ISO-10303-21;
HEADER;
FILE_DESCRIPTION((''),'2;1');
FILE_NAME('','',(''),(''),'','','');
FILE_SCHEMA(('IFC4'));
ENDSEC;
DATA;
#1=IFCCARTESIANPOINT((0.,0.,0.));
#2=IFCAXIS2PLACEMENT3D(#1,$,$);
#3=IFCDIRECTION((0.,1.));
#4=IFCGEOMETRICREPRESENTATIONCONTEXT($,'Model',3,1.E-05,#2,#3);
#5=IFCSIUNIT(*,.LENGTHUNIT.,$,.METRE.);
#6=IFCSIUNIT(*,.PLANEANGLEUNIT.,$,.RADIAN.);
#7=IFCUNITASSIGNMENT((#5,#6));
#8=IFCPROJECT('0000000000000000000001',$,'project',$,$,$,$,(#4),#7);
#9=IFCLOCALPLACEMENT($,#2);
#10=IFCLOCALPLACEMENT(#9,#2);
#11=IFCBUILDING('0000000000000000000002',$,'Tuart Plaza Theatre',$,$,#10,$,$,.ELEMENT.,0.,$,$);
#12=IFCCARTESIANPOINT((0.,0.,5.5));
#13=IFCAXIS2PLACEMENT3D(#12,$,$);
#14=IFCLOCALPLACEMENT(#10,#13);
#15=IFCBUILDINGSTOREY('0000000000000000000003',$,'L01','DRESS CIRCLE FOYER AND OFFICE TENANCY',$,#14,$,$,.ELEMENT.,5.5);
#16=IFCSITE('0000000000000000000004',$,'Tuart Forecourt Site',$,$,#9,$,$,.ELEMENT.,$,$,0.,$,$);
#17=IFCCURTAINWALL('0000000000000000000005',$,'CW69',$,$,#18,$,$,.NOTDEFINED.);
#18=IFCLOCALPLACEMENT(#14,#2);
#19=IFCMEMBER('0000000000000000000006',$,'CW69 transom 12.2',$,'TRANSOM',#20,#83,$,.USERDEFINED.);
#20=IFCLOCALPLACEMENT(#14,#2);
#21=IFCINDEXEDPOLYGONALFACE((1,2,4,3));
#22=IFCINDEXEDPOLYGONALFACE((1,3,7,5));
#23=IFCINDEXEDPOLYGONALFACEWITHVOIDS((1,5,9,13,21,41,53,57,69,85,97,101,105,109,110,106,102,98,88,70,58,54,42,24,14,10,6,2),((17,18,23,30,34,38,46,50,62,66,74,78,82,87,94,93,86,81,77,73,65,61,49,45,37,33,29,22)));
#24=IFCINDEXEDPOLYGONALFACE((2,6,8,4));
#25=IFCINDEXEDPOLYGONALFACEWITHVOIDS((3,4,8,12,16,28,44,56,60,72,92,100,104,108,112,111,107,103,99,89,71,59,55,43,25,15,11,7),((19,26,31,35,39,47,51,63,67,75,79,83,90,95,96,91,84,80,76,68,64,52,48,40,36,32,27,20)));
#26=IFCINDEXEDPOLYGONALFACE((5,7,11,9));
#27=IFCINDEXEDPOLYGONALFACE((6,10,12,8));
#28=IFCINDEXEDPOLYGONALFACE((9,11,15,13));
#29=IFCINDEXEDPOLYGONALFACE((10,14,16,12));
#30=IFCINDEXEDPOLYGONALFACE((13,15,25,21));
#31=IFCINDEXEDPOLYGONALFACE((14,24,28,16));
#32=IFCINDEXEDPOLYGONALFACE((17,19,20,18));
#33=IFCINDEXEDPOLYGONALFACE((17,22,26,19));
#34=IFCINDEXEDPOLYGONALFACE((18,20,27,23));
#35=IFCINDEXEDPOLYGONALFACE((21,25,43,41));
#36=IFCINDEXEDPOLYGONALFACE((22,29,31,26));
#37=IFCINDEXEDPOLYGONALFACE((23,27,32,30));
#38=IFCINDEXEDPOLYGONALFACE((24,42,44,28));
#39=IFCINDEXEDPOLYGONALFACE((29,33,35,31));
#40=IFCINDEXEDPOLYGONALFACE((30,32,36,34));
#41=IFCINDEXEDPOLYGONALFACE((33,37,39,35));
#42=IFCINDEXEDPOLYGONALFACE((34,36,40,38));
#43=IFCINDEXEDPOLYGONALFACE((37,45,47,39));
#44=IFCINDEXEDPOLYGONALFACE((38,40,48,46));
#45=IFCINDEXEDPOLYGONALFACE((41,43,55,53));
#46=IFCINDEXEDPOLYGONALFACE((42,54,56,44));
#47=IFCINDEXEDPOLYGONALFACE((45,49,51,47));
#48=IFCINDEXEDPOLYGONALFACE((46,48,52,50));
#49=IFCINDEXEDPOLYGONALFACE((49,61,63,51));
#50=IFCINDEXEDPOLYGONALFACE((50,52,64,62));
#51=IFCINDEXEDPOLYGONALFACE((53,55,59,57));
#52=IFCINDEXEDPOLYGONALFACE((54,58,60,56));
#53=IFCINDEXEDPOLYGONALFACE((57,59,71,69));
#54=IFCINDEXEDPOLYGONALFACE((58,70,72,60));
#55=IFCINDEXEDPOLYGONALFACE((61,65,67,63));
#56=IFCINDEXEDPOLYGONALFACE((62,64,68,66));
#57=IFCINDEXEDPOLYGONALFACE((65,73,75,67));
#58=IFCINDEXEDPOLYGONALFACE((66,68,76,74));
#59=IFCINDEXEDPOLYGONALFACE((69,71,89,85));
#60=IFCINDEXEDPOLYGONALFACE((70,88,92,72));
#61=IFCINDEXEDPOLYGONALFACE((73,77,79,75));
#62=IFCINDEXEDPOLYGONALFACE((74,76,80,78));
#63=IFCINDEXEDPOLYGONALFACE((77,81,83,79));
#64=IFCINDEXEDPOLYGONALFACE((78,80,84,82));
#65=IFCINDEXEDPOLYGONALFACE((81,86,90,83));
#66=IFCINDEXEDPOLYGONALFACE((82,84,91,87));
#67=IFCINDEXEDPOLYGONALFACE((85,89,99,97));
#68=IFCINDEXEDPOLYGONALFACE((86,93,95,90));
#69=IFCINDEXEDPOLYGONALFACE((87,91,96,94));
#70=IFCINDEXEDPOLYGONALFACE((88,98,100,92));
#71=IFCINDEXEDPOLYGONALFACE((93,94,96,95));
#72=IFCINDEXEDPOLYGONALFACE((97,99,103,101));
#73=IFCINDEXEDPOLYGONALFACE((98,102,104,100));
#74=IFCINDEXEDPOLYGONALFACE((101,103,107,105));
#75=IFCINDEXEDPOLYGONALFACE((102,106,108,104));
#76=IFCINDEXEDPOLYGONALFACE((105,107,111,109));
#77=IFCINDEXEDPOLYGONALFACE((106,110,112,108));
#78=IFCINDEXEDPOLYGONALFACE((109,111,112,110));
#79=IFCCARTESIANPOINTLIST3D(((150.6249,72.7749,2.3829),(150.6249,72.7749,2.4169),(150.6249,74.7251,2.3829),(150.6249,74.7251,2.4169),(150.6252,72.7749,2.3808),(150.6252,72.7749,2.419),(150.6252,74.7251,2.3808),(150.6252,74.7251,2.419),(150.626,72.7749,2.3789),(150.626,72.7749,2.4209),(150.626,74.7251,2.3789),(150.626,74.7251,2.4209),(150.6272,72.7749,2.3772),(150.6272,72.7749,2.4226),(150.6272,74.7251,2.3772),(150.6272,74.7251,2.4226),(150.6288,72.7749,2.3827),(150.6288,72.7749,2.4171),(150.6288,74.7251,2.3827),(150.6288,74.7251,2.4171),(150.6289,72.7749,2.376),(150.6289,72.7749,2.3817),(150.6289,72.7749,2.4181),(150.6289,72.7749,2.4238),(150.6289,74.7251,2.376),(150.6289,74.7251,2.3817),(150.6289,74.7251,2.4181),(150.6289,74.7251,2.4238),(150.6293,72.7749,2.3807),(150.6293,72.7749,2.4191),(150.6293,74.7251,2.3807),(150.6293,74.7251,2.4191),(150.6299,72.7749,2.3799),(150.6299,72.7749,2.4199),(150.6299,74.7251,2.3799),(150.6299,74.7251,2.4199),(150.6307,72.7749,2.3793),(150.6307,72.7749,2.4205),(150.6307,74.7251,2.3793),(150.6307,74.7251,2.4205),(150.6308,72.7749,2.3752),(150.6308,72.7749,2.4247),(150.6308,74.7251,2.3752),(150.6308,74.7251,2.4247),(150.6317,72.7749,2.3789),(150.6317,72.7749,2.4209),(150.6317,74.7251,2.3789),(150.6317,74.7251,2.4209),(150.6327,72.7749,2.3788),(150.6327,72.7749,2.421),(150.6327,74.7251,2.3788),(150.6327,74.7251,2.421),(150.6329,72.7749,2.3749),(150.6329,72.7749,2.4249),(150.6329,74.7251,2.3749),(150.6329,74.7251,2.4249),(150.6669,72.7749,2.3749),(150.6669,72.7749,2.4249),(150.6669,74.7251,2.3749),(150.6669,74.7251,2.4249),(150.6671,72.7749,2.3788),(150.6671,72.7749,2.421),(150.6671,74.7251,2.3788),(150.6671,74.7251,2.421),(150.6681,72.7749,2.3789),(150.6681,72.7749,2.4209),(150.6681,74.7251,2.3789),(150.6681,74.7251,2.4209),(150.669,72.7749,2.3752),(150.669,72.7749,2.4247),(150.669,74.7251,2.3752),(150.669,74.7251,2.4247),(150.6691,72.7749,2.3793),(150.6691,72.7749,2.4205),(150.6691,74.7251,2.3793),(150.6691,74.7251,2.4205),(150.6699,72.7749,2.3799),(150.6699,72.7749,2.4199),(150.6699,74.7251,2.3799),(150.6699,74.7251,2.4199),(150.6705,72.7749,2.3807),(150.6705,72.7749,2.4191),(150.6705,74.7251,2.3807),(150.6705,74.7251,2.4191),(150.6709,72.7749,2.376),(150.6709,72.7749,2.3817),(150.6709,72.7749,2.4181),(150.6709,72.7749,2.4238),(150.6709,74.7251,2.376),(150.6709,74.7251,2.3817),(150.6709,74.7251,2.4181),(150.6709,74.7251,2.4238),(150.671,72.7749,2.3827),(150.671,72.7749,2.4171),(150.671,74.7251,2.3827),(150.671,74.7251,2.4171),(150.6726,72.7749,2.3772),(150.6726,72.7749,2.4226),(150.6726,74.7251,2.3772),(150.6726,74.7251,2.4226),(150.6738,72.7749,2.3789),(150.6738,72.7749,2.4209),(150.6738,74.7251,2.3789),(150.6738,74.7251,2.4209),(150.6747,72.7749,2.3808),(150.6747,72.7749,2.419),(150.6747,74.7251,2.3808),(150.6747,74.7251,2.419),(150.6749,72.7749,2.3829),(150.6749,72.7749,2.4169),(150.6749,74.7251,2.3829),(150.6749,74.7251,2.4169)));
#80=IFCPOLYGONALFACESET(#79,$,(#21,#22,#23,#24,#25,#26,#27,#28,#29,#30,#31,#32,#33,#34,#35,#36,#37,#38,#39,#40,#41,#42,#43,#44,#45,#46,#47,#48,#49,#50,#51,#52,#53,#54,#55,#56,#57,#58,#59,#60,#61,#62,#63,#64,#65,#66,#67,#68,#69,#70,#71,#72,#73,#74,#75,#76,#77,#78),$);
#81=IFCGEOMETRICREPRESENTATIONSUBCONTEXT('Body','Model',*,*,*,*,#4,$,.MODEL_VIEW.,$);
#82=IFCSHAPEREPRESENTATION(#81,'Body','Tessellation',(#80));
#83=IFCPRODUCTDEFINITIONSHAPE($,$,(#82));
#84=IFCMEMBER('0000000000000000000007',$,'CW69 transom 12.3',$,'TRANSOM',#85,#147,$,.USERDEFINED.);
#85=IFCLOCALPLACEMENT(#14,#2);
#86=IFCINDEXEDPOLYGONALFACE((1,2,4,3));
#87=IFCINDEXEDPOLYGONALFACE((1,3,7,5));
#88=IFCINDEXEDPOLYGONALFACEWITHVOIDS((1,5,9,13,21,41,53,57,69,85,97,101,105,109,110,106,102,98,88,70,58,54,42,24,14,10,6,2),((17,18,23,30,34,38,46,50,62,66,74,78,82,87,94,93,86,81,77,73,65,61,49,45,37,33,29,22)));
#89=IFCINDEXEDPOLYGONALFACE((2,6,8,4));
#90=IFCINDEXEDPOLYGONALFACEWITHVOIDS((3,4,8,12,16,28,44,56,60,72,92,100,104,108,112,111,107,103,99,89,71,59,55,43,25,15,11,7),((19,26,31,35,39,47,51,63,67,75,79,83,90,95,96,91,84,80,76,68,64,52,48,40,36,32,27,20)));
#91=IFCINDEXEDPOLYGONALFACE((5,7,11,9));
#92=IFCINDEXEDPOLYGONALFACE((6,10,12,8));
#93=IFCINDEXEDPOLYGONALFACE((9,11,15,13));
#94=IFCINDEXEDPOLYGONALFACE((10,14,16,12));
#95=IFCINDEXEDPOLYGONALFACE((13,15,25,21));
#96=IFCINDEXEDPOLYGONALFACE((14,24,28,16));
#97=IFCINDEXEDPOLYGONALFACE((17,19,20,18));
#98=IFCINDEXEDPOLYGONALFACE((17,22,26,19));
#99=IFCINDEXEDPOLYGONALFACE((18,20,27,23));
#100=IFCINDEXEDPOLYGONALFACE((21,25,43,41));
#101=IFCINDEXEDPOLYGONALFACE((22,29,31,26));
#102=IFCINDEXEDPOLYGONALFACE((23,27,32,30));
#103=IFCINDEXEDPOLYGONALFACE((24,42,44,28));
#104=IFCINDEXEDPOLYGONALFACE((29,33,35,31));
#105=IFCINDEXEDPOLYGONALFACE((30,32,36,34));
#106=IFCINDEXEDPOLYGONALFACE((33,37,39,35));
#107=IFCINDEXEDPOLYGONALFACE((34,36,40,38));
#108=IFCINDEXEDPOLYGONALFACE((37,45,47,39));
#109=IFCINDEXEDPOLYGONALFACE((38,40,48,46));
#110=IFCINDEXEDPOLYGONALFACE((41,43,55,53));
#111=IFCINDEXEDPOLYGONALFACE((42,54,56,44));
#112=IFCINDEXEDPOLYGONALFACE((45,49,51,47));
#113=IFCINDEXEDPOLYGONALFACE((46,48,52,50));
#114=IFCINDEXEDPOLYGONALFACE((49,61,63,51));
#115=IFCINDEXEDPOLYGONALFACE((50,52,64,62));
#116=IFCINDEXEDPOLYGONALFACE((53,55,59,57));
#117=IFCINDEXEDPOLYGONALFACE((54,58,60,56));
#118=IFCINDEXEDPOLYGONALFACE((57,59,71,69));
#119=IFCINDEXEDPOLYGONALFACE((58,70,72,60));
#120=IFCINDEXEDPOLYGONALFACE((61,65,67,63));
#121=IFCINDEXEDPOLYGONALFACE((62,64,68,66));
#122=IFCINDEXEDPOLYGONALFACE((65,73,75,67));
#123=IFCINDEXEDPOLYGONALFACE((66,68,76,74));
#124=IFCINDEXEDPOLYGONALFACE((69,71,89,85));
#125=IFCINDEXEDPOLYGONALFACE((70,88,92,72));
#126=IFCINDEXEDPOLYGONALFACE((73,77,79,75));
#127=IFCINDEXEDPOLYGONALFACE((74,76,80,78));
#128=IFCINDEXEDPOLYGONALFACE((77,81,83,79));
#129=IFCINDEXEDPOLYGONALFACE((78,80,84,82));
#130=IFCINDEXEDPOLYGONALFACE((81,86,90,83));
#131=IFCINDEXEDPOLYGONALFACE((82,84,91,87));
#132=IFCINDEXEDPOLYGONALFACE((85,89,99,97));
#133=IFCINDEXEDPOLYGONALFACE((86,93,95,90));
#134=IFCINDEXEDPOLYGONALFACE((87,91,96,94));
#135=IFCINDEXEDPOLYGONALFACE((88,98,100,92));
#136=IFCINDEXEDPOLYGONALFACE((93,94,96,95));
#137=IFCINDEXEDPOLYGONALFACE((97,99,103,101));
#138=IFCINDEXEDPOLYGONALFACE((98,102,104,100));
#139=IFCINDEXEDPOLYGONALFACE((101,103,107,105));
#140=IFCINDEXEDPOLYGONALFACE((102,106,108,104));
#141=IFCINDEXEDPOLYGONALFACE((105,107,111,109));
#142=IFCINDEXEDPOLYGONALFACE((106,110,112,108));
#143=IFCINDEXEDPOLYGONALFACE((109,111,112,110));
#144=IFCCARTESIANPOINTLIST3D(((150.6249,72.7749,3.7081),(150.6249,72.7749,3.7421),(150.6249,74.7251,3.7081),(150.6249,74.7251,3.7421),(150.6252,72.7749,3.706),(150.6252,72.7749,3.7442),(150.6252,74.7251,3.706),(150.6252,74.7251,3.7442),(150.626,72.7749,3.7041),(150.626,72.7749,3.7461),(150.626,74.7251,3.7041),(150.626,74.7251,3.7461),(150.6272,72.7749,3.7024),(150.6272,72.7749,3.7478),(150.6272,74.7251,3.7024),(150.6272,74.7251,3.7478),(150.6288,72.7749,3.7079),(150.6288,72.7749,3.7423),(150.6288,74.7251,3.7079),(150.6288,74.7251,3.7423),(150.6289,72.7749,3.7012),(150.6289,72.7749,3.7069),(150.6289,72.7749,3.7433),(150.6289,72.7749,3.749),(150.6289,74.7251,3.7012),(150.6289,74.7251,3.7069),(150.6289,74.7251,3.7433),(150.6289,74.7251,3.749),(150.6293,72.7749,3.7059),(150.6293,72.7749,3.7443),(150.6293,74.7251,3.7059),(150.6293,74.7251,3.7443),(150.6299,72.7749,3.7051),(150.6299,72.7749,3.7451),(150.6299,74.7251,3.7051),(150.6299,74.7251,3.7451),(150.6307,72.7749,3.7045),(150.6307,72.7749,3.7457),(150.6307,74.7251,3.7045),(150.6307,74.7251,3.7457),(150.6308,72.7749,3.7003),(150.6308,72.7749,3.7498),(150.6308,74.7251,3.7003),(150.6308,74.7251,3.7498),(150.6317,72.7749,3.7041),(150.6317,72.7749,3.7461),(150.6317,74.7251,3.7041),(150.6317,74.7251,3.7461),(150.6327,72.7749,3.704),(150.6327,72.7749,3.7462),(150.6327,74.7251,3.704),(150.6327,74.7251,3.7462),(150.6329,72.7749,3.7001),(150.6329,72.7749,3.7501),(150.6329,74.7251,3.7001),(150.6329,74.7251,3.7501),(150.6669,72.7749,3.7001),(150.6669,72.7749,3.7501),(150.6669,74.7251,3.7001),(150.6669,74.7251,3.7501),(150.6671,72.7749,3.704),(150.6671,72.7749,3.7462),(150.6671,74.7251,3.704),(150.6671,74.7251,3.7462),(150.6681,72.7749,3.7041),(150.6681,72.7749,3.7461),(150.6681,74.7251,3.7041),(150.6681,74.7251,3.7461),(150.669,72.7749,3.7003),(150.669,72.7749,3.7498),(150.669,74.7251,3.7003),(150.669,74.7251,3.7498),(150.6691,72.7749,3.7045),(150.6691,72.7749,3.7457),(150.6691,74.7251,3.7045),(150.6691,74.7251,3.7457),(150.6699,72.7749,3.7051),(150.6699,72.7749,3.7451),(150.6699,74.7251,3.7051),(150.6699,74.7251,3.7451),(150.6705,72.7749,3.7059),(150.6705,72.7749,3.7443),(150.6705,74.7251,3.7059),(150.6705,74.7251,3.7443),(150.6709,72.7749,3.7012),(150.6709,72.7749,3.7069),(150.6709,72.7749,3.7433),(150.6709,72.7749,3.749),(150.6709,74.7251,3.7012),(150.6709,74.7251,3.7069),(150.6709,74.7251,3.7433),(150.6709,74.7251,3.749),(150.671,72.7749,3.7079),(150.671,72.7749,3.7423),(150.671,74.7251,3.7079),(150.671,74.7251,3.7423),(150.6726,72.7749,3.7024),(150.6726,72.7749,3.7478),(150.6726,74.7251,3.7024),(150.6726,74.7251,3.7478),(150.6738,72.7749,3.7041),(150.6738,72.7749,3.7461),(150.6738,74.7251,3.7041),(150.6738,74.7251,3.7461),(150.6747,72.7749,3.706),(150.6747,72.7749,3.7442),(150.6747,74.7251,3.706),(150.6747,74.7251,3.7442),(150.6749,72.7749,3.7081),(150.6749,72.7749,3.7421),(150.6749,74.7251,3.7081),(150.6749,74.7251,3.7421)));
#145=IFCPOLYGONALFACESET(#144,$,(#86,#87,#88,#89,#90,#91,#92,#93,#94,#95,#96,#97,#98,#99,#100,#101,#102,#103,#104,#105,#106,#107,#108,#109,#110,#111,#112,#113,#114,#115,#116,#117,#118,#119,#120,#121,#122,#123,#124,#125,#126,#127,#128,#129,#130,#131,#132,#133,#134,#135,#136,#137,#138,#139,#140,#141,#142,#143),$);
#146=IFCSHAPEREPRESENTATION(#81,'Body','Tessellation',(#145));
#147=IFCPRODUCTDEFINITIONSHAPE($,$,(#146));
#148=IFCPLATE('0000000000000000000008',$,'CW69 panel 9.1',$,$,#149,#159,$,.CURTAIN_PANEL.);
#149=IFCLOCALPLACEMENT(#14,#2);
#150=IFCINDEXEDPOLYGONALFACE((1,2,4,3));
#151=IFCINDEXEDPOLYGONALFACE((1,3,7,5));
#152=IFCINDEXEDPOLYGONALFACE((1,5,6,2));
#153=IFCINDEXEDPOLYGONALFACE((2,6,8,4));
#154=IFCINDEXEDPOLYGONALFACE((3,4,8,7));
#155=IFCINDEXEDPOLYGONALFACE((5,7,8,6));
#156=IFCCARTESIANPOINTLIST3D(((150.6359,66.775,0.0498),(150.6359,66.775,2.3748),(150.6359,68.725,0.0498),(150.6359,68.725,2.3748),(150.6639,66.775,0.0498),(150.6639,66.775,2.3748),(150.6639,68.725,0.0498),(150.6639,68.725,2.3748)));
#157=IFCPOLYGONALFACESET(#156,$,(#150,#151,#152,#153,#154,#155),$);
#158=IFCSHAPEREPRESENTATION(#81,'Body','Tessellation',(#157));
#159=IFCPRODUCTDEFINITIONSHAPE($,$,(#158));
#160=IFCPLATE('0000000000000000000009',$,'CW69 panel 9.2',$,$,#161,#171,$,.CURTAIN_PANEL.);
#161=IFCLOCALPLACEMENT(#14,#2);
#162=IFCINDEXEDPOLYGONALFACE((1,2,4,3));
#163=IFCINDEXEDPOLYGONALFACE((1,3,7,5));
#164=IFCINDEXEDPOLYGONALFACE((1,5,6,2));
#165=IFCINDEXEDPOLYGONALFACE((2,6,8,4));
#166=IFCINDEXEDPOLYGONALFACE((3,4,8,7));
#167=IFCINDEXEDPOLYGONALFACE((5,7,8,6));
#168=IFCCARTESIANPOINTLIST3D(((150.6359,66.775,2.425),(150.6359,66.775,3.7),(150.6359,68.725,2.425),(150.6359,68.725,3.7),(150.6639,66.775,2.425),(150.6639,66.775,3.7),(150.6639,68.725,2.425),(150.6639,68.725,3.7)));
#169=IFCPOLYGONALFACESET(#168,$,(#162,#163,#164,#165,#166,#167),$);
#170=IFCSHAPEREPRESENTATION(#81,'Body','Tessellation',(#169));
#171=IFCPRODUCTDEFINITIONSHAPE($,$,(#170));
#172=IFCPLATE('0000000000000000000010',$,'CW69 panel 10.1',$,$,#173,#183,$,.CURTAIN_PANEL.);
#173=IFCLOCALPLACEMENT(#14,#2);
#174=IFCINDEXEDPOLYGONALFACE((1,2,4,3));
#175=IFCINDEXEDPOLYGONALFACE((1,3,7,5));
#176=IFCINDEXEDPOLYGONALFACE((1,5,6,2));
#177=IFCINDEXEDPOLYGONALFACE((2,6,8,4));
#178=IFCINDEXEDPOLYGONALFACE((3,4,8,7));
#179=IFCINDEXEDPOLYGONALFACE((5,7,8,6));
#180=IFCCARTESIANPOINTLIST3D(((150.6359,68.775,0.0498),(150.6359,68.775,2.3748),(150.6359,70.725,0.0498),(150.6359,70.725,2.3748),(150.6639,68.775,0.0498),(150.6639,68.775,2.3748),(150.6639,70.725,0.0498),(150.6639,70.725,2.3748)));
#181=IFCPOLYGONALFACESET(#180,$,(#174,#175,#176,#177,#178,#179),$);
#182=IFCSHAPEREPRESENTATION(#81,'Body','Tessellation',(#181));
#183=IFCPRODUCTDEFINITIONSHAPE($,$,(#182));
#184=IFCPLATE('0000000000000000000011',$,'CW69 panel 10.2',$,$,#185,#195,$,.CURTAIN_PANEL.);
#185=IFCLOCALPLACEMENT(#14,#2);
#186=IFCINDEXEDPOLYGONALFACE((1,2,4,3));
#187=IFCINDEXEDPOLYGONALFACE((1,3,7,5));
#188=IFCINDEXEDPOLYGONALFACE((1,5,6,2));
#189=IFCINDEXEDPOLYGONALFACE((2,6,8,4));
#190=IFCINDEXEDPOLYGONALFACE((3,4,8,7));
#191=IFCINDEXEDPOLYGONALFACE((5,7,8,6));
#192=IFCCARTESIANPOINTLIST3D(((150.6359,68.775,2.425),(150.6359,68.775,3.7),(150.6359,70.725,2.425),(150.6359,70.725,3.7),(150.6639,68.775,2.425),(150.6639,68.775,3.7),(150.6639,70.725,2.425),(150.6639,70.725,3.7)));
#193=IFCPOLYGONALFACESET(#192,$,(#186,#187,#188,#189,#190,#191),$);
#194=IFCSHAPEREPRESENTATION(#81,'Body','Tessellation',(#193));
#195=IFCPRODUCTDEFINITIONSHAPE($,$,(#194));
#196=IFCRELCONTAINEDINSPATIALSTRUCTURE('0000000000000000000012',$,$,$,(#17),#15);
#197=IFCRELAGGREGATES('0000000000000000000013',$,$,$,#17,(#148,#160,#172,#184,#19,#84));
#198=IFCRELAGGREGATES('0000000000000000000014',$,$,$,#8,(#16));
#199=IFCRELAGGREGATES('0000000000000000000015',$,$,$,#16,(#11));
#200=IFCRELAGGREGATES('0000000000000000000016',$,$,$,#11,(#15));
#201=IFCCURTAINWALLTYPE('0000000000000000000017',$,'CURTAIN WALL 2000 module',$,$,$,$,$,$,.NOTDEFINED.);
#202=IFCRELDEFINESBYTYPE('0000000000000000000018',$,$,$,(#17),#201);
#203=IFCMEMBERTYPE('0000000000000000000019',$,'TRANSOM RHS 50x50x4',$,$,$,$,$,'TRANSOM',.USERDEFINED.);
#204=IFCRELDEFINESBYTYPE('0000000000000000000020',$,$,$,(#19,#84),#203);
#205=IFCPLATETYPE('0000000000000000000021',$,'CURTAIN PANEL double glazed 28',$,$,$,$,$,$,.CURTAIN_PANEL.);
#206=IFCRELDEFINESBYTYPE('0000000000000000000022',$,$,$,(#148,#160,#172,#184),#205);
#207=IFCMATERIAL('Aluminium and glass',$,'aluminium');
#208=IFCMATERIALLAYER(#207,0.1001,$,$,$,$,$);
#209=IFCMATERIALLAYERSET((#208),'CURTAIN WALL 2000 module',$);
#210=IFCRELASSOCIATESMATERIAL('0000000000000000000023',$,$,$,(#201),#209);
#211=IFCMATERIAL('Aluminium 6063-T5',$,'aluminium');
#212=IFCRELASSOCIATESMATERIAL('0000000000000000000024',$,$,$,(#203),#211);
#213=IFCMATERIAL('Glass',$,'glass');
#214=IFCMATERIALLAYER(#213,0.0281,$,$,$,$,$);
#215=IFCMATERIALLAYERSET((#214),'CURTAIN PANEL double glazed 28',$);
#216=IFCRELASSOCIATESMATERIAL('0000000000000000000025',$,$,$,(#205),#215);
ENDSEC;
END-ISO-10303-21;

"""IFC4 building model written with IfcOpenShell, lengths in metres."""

from ifc_helpers import new_model, si_unit, direction, frame, origin, origin_2d, place, context, subcontext, project, spatial, rectangle, hollow_rectangle, extrude, material, layer, layer_set, material_profile, profile_set, type_object, element, aggregate, save


model = new_model("IFC4")

# Units and contexts
model_context = context("Model", 3, precision=1e-05, world=origin(), true_north=direction((0.0, 1.0)))
body_context = subcontext(model_context, "Body", "Model", "MODEL_VIEW")
ifc_project = project(units=[si_unit("LENGTHUNIT", "METRE"), si_unit("PLANEANGLEUNIT", "RADIAN")], contexts=[model_context])

# Site, building, storey
site_placement = place(None, origin())
site = spatial("IfcSite", under=ifc_project, at=site_placement, Name="Tuart Forecourt Site", CompositionType="ELEMENT", RefElevation=0.0)
building_placement = place(site_placement, origin())
building = spatial("IfcBuilding", under=site, at=building_placement, Name="Tuart Plaza Theatre", CompositionType="ELEMENT", ElevationOfRefHeight=0.0)
storey_placement = place(building_placement, frame((0.0, 0.0, 5.5)))
storey = spatial("IfcBuildingStorey", under=building, at=storey_placement, Name="L01", Description="DRESS CIRCLE FOYER AND OFFICE TENANCY", CompositionType="ELEMENT", Elevation=5.5)

# Curtain wall, members, plates
ifc_material_1 = material(Name="Aluminium and glass", Category="aluminium")
ifc_layer_1 = layer(ifc_material_1, 0.1001)
ifc_layer_set_1 = layer_set([ifc_layer_1], Name="CURTAIN WALL 2000 module")
curtain_wall_type = type_object("IfcCurtainWallType", Name="CURTAIN WALL 2000 module", PredefinedType="NOTDEFINED", material=ifc_layer_set_1)
curtain_wall_placement = place(storey_placement, origin())
curtain_wall = element("IfcCurtainWall", 1, at=curtain_wall_placement, inside=storey, type_object=curtain_wall_type, Name="CW69", PredefinedType="NOTDEFINED")
ifc_material_2 = material(Name="Aluminium 6063-T5", Category="aluminium")
ifc_material_profile_1 = material_profile(ifc_material_2, hollow_rectangle(XDim=0.05, YDim=0.05, WallThickness=0.0039, InnerFilletRadius=0.0039, OuterFilletRadius=0.0081, at=origin_2d()), Name="RHS 50x50x4")
ifc_profile_set_1 = profile_set([ifc_material_profile_1], Name="Aluminium 6063-T5")
member_type_1 = type_object("IfcMemberType", Name="TRANSOM RHS 50x50x4", ElementType="TRANSOM", PredefinedType="USERDEFINED", material=ifc_profile_set_1)
member_1_placement = place(storey_placement, frame((150.6499, 72.7749, 2.3999), z_axis=(0.0, 1.0, 0.0), x_axis=(-1.0, 0.0, 0.0)))
member_1 = element("IfcMember", 2, at=member_1_placement, type_object=member_type_1, Name="CW69 transom 12.2", ObjectType="TRANSOM", PredefinedType="USERDEFINED", context=body_context, shape_type="SweptSolid", body=[
    extrude(hollow_rectangle(XDim=0.05, YDim=0.05, WallThickness=0.0039, InnerFilletRadius=0.0039, OuterFilletRadius=0.0081, at=origin_2d()), origin(), (0.0, 0.0, 1.0), 1.9502),
])
member_2_placement = place(storey_placement, frame((150.6499, 72.7749, 3.7251), z_axis=(0.0, 1.0, 0.0), x_axis=(-1.0, 0.0, 0.0)))
member_2 = element("IfcMember", 3, at=member_2_placement, type_object=member_type_1, Name="CW69 transom 12.3", ObjectType="TRANSOM", PredefinedType="USERDEFINED", context=body_context, shape_type="SweptSolid", body=[
    extrude(hollow_rectangle(XDim=0.05, YDim=0.05, WallThickness=0.0039, InnerFilletRadius=0.0039, OuterFilletRadius=0.0081, at=origin_2d()), origin(), (0.0, 0.0, 1.0), 1.9502),
])
ifc_material_3 = material(Name="Glass", Category="glass")
ifc_layer_2 = layer(ifc_material_3, 0.0281)
ifc_layer_set_2 = layer_set([ifc_layer_2], Name="CURTAIN PANEL double glazed 28")
plate_type = type_object("IfcPlateType", Name="CURTAIN PANEL double glazed 28", PredefinedType="CURTAIN_PANEL", material=ifc_layer_set_2)
plate_1_placement = place(storey_placement, frame((150.6499, 67.75, 0.0498), z_axis=(0.0, 0.0, 1.0), x_axis=(0.0, 1.0, 0.0)))
plate_1 = element("IfcPlate", 4, at=plate_1_placement, type_object=plate_type, Name="CW69 panel 9.1", PredefinedType="CURTAIN_PANEL", context=body_context, shape_type="SweptSolid", body=[
    extrude(rectangle(XDim=1.95, YDim=0.0281, at=origin_2d()), origin(), (0.0, 0.0, 1.0), 2.325),
])
plate_2_placement = place(storey_placement, frame((150.6499, 67.75, 2.425), z_axis=(0.0, 0.0, 1.0), x_axis=(0.0, 1.0, 0.0)))
plate_2 = element("IfcPlate", 5, at=plate_2_placement, type_object=plate_type, Name="CW69 panel 9.2", PredefinedType="CURTAIN_PANEL", context=body_context, shape_type="SweptSolid", body=[
    extrude(rectangle(XDim=1.95, YDim=0.0281, at=origin_2d()), origin(), (0.0, 0.0, 1.0), 1.2749),
])
plate_3_placement = place(storey_placement, frame((150.6499, 69.75, 0.0498), z_axis=(0.0, 0.0, 1.0), x_axis=(0.0, 1.0, 0.0)))
plate_3 = element("IfcPlate", 6, at=plate_3_placement, type_object=plate_type, Name="CW69 panel 10.1", PredefinedType="CURTAIN_PANEL", context=body_context, shape_type="SweptSolid", body=[
    extrude(rectangle(XDim=1.95, YDim=0.0281, at=origin_2d()), origin(), (0.0, 0.0, 1.0), 2.325),
])
plate_4_placement = place(storey_placement, frame((150.6499, 69.75, 2.425), z_axis=(0.0, 0.0, 1.0), x_axis=(0.0, 1.0, 0.0)))
plate_4 = element("IfcPlate", 7, at=plate_4_placement, type_object=plate_type, Name="CW69 panel 10.2", PredefinedType="CURTAIN_PANEL", context=body_context, shape_type="SweptSolid", body=[
    extrude(rectangle(XDim=1.95, YDim=0.0281, at=origin_2d()), origin(), (0.0, 0.0, 1.0), 1.2749),
])
aggregate(curtain_wall, [plate_1, plate_2, plate_3, plate_4, member_1, member_2])

save(model, "model.ifc")
